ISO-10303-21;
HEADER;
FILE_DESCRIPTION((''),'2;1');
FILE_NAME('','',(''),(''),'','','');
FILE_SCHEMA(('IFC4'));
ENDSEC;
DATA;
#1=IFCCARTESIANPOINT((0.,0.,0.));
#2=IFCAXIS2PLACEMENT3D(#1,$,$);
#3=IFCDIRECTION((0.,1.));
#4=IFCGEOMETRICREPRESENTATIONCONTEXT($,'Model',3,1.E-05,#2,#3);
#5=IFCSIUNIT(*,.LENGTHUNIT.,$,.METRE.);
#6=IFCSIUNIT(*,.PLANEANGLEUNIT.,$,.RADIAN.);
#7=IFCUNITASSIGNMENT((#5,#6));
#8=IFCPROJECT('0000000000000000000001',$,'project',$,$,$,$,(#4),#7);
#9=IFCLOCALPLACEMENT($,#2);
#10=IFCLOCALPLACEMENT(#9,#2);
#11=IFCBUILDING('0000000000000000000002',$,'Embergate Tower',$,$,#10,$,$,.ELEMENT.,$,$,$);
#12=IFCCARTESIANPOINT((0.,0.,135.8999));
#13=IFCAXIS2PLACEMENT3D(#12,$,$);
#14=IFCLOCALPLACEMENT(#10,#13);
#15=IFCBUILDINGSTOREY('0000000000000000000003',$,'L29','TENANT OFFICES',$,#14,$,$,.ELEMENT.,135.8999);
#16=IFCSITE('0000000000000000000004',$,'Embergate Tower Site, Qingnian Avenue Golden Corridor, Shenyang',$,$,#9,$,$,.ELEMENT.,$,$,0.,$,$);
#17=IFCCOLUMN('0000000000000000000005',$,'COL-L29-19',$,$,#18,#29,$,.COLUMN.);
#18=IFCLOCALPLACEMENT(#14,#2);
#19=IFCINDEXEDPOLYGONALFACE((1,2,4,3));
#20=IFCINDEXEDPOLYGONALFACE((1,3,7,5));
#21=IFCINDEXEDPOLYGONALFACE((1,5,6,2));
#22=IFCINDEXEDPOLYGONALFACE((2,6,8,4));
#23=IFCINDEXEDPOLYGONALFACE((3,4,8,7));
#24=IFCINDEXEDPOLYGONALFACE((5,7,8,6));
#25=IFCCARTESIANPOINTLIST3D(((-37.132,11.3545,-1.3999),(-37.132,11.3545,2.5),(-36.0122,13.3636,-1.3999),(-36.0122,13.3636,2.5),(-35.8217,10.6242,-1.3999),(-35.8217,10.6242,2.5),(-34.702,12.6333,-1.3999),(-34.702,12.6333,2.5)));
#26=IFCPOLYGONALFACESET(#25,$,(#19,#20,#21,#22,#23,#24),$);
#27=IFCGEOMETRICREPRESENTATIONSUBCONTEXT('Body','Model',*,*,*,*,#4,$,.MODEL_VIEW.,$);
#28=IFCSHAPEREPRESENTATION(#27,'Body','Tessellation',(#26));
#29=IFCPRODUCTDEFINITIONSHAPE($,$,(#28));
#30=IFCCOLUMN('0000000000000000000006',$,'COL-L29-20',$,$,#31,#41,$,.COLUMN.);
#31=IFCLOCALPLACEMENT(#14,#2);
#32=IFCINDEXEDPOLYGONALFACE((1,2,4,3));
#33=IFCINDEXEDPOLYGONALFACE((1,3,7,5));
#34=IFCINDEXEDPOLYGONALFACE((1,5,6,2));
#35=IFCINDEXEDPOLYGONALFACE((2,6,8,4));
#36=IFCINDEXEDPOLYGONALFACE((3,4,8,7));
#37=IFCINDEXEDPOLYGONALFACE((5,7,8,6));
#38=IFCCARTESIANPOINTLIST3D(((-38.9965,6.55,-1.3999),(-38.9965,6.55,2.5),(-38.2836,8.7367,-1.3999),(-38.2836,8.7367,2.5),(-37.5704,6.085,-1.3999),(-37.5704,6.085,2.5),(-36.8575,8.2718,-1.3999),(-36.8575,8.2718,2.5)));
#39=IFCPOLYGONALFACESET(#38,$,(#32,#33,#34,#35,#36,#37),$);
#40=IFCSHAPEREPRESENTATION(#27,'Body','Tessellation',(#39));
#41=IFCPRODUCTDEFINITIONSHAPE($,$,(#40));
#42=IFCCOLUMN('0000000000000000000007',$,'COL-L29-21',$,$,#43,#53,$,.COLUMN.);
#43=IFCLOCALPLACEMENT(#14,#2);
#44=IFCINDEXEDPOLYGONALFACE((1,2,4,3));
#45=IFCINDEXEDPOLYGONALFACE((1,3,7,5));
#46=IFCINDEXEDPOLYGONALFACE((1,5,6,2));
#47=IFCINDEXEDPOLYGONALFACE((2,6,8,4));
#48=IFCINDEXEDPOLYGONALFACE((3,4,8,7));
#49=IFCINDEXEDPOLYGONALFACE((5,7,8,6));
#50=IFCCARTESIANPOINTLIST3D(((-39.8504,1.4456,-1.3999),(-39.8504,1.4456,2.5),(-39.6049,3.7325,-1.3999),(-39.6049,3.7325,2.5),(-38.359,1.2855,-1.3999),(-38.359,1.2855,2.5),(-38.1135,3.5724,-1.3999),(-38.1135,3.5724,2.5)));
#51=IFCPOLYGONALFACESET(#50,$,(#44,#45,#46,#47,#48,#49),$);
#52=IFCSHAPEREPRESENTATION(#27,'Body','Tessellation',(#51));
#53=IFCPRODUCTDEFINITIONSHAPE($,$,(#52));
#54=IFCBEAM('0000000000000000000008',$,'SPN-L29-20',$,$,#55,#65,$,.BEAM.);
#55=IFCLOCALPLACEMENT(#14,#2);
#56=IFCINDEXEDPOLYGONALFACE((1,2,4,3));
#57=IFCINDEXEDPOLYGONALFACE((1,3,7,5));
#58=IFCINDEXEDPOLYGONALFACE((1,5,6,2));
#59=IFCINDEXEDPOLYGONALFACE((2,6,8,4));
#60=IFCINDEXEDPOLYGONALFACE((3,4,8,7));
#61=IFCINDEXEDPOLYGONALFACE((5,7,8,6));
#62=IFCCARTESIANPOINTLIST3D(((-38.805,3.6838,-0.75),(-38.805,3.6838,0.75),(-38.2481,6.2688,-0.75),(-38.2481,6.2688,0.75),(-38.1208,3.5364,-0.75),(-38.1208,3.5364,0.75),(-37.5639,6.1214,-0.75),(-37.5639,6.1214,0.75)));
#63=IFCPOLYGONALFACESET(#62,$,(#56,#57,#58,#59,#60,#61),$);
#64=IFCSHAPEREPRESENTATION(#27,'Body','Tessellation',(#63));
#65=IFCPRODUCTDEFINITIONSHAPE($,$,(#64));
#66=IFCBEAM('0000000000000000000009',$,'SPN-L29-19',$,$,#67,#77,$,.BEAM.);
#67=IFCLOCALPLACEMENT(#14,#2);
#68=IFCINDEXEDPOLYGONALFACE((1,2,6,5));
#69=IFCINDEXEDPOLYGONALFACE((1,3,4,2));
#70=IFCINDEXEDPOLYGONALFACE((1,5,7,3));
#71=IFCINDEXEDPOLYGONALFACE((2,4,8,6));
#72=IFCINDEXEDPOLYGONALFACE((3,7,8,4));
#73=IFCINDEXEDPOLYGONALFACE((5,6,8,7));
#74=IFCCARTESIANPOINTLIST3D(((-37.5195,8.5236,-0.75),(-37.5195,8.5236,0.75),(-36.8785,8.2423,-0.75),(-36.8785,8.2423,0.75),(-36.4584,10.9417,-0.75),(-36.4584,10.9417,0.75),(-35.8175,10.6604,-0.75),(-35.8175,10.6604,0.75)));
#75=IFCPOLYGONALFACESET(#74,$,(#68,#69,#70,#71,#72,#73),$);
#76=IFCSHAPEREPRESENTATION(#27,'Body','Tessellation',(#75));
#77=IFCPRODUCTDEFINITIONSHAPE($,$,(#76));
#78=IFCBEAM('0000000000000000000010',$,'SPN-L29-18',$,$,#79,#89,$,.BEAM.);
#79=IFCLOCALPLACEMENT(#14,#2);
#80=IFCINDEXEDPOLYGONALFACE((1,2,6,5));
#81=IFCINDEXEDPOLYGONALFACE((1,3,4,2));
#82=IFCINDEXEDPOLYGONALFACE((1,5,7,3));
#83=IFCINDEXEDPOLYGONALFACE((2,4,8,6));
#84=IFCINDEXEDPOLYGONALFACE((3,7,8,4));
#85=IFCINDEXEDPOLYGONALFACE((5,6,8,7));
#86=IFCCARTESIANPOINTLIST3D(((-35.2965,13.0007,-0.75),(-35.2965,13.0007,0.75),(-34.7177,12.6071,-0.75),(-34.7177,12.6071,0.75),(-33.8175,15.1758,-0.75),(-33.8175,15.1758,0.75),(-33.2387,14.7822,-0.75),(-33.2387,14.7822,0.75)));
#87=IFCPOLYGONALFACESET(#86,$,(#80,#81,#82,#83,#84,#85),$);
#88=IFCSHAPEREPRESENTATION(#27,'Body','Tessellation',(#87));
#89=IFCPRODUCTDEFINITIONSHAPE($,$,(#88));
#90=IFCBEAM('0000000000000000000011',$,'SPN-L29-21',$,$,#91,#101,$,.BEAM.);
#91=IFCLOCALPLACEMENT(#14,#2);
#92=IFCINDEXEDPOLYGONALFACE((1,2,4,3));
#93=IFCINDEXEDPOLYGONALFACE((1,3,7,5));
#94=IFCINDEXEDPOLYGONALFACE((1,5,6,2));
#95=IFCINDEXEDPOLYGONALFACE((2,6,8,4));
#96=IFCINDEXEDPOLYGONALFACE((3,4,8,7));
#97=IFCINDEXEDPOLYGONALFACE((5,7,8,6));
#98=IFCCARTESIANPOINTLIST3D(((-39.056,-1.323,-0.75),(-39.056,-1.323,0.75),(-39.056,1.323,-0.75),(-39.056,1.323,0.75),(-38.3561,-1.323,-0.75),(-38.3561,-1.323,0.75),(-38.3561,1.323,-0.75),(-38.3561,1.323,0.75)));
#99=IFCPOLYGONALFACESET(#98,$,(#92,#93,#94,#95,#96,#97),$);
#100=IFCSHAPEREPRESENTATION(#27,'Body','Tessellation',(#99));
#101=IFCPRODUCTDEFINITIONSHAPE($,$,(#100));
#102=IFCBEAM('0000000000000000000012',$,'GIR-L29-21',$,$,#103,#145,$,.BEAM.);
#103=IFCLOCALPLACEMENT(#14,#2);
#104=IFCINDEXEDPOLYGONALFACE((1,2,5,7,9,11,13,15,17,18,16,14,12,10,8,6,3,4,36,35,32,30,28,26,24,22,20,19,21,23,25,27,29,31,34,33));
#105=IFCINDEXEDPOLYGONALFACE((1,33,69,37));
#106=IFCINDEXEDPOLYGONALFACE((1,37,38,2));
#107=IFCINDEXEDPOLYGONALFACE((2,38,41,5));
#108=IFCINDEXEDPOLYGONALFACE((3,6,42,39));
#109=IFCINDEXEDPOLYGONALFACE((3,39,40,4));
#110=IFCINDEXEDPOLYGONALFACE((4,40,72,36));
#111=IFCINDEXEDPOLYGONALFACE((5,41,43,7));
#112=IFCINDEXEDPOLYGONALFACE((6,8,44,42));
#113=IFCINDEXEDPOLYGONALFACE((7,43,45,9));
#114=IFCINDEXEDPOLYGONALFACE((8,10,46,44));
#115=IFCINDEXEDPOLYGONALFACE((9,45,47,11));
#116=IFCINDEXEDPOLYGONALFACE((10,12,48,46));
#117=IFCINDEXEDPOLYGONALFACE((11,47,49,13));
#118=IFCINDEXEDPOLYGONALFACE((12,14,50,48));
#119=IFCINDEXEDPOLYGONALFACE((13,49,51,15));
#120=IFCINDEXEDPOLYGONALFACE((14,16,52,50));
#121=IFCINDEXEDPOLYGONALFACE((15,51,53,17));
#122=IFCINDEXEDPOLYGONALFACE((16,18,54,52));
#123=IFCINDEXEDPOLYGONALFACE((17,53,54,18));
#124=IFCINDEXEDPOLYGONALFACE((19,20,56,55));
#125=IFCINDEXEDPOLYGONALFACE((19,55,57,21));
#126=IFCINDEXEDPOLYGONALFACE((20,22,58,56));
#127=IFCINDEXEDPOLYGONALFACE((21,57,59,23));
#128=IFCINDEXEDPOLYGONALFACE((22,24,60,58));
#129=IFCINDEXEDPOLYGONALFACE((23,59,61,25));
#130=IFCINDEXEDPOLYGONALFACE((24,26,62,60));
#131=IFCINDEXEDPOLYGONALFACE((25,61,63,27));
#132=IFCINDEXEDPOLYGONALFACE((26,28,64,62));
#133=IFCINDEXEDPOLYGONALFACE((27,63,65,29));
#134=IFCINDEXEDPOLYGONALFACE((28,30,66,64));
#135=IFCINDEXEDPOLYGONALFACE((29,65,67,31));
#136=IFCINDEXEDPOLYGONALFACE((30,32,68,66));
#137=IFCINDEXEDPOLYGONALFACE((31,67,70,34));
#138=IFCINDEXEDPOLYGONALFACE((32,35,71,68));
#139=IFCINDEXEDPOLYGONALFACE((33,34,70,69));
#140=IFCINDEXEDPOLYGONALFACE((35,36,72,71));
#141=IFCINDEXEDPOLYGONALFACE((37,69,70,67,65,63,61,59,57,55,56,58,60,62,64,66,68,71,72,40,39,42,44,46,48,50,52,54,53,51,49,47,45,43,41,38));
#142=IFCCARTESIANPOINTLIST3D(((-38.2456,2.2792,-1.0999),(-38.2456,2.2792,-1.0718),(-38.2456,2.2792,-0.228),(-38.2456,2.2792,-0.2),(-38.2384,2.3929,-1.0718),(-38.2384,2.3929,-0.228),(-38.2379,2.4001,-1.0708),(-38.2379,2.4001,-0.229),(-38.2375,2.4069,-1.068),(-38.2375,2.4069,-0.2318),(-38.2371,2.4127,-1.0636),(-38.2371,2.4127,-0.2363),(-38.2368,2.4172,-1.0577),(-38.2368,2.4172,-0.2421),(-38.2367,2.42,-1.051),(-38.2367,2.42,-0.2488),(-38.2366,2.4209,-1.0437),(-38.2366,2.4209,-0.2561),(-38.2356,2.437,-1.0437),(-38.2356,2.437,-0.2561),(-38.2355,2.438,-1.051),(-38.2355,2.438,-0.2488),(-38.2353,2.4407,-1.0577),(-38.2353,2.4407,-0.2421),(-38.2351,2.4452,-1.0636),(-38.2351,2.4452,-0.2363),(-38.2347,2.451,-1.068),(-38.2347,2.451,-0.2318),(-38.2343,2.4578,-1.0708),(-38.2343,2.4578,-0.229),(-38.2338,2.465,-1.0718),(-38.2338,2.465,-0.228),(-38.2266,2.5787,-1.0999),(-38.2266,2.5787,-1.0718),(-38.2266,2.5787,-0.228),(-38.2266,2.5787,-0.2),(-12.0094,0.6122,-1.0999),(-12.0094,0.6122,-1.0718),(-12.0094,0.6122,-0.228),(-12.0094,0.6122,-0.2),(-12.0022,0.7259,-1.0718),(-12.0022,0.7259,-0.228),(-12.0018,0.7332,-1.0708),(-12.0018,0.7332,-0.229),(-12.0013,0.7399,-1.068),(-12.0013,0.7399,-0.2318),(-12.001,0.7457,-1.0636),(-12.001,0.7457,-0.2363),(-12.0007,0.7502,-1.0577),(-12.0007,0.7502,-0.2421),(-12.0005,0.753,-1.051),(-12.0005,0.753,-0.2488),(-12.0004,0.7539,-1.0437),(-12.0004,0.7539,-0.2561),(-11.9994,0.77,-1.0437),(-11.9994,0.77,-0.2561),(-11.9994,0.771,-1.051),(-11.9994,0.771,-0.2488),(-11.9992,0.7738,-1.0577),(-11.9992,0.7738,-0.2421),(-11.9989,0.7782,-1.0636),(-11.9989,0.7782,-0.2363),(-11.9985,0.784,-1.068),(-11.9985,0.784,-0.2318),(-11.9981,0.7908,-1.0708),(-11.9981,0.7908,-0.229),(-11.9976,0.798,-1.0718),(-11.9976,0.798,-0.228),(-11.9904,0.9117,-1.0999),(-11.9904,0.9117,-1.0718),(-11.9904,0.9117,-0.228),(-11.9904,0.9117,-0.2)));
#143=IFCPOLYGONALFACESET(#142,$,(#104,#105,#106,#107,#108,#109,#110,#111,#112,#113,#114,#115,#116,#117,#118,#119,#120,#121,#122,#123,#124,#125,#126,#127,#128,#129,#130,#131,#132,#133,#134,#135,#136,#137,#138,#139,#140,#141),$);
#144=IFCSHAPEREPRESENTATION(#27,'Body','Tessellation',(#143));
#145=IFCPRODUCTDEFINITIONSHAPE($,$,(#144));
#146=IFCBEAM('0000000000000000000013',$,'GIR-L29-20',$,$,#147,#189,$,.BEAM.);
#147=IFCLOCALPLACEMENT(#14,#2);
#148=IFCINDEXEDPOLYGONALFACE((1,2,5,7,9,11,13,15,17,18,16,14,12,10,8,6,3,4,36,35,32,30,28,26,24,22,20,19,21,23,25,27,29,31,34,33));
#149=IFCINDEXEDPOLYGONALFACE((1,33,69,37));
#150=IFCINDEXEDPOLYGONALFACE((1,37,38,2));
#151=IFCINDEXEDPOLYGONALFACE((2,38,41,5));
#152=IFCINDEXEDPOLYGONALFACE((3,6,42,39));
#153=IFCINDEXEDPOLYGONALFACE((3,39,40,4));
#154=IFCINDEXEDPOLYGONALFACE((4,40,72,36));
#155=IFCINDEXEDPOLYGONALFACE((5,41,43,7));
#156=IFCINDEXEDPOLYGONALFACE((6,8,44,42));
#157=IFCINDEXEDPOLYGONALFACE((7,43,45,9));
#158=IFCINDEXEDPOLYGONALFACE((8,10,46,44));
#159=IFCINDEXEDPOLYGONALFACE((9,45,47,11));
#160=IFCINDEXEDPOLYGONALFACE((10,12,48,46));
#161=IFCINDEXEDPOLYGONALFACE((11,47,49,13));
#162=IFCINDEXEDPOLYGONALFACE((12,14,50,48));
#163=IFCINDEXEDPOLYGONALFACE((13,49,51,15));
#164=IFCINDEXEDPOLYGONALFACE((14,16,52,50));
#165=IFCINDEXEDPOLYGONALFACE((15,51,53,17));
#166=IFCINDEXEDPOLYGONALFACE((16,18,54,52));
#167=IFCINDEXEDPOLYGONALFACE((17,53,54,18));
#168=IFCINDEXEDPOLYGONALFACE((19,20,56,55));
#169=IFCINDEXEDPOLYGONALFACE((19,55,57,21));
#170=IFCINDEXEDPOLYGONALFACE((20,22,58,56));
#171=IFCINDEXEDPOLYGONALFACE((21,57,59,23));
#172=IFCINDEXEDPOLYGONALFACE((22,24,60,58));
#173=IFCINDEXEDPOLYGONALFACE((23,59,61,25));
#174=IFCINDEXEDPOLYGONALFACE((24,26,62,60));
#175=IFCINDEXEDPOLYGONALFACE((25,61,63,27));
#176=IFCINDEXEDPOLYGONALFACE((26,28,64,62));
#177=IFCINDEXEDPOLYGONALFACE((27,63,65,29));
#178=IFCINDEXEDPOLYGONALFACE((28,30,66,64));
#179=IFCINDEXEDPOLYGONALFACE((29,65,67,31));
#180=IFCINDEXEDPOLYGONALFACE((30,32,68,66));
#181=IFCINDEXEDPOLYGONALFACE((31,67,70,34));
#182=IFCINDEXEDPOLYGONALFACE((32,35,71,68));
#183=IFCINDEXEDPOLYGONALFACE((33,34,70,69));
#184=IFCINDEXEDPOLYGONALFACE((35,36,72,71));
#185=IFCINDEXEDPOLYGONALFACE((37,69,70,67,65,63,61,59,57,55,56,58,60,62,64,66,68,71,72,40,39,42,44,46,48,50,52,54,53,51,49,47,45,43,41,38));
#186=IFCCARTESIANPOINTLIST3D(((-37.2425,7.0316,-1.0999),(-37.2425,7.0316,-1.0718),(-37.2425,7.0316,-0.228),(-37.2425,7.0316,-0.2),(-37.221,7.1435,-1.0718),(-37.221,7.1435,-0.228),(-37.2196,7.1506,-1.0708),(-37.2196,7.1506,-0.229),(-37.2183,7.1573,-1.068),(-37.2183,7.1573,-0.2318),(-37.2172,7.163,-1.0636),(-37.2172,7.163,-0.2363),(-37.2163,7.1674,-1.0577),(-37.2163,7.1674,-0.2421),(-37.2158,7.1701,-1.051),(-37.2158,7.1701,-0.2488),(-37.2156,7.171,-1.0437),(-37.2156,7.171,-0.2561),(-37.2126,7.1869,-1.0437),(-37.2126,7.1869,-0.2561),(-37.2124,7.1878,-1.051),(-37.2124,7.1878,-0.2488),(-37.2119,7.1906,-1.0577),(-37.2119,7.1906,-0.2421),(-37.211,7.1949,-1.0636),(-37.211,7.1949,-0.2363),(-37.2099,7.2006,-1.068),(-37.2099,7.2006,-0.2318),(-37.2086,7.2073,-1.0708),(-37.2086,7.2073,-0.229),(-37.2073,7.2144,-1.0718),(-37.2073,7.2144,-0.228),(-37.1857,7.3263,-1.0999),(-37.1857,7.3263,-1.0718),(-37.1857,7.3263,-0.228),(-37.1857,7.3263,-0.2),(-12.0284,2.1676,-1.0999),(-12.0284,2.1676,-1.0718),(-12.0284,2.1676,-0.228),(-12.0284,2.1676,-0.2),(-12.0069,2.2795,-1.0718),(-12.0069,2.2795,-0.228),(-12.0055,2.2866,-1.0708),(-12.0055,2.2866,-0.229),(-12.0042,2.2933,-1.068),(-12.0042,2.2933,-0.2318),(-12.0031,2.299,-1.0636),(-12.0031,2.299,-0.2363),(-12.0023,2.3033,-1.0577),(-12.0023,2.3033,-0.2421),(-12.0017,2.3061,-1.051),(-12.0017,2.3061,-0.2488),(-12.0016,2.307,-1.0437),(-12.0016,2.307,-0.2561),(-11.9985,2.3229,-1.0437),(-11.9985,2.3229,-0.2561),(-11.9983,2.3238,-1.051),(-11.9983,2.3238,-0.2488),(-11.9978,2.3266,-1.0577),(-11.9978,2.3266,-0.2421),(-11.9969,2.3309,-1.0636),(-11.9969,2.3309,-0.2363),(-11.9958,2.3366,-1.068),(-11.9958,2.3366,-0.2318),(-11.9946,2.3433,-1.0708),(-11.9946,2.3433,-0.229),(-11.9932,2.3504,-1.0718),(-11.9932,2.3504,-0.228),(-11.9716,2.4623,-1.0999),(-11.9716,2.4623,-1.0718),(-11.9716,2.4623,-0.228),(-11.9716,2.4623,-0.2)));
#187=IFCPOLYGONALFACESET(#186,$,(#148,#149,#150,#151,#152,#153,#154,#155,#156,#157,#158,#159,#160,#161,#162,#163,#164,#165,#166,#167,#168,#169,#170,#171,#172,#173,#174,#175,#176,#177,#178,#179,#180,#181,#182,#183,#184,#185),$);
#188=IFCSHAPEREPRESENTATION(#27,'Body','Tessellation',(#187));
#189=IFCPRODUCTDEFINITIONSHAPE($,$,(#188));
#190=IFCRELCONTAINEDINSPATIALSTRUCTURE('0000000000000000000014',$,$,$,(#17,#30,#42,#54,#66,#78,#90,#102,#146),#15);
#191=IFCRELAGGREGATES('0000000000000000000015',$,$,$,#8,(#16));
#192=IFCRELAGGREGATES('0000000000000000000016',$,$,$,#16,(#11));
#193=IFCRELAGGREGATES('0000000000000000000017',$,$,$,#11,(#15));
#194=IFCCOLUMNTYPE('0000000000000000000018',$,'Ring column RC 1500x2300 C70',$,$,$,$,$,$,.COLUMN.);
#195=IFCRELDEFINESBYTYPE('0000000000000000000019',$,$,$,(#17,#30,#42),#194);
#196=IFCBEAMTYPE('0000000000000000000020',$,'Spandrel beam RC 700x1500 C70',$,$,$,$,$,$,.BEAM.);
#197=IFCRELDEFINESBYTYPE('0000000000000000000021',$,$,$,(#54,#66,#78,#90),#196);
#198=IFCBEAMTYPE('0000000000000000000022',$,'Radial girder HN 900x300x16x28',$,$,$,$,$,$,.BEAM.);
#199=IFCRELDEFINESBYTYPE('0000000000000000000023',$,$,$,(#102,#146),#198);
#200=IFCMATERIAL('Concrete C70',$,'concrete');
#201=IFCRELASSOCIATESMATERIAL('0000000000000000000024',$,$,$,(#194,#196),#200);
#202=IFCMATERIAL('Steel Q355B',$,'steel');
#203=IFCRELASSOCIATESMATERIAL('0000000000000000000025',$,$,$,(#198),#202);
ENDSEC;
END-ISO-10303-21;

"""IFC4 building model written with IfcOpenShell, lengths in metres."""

from ifc_helpers import new_model, si_unit, direction, frame, origin, origin_2d, place, context, subcontext, project, spatial, rectangle, i_section, extrude, source, transform, mapped, material, material_profile, profile_set, type_object, element, save


model = new_model("IFC4")

# Units and contexts
model_context = context("Model", 3, precision=1e-05, world=origin(), true_north=direction((0.0, 1.0)))
body_context = subcontext(model_context, "Body", "Model", "MODEL_VIEW")
ifc_project = project(units=[si_unit("LENGTHUNIT", "METRE"), si_unit("PLANEANGLEUNIT", "RADIAN")], contexts=[model_context])

# Site, building, storey
site_placement = place(None, origin())
site = spatial("IfcSite", under=ifc_project, at=site_placement, Name="Embergate Tower Site, Qingnian Avenue Golden Corridor, Shenyang", CompositionType="ELEMENT", RefElevation=0.0)
building_placement = place(site_placement, origin())
building = spatial("IfcBuilding", under=site, at=building_placement, Name="Embergate Tower", CompositionType="ELEMENT")
storey_placement = place(building_placement, frame((0.0, 0.0, 135.8999)))
storey = spatial("IfcBuildingStorey", under=building, at=storey_placement, Name="L29", Description="TENANT OFFICES", CompositionType="ELEMENT", Elevation=135.8999)

# Columns
ifc_material_1 = material(Name="Concrete C70", Category="concrete")
ifc_material_profile_1 = material_profile(ifc_material_1, rectangle(XDim=1.5, YDim=2.3, at=origin_2d()), Name="RC 1500x2300")
ifc_profile_set_1 = profile_set([ifc_material_profile_1], Name="Concrete C70")
column_type = type_object("IfcColumnType", Name="Ring column RC 1500x2300 C70", PredefinedType="COLUMN", material=ifc_profile_set_1)
shared_shape_1 = source(origin(), body_context, "Body", "SweptSolid", [
    extrude(rectangle(XDim=1.5, YDim=2.3, at=origin_2d()), origin(), (0.0, 0.0, 1.0), 3.8999),
])
for number, where, z_axis, x_axis, name in (
    (1, (-35.917, 11.9939, -1.3999), (0.0, 0.0, 1.0), (-0.873492, 0.486839, 0.0), "COL-L29-19"),
    (2, (-37.927, 7.4109, -1.3999), (0.0, 0.0, 1.0), (-0.950754, 0.309946, 0.0), "COL-L29-20"),
    (3, (-38.9819, 2.509, -1.3999), (0.0, 0.0, 1.0), (-0.994286, 0.10675, 0.0), "COL-L29-21"),
):
    element("IfcColumn", number, at=place(storey_placement, frame(where, z_axis=z_axis, x_axis=x_axis)), inside=storey, type_object=column_type, Name=name, PredefinedType="COLUMN", context=body_context, shape_type="MappedRepresentation", body=[
        mapped(shared_shape_1, transform((0.0, 0.0, 0.0))),
    ])

# Beams
ifc_material_profile_2 = material_profile(ifc_material_1, rectangle(XDim=0.7, YDim=1.5, at=origin_2d()), Name="RC 700x1500")
ifc_profile_set_2 = profile_set([ifc_material_profile_2], Name="Concrete C70")
beam_type_1 = type_object("IfcBeamType", Name="Spandrel beam RC 700x1500 C70", PredefinedType="BEAM", material=ifc_profile_set_2)
shared_shape_2 = source(origin(), body_context, "Body", "SweptSolid", [
    extrude(rectangle(XDim=0.7, YDim=1.5, at=origin_2d()), origin(), (0.0, 0.0, 1.0), 2.6443),
])
beam_1_placement = place(storey_placement, frame((-37.906, 6.1951, 0.0), z_axis=(-0.210601, -0.977572, 0.0), x_axis=(0.977572, -0.210601, 0.0)))
element("IfcBeam", 4, at=beam_1_placement, inside=storey, type_object=beam_type_1, Name="SPN-L29-20", PredefinedType="BEAM", context=body_context, shape_type="MappedRepresentation", body=[
    mapped(shared_shape_2, transform((0.0, 0.0, 0.0))),
])
shared_shape_3 = source(origin(), body_context, "Body", "SweptSolid", [
    extrude(rectangle(XDim=0.7, YDim=1.5, at=origin_2d()), origin(), (0.0, 0.0, 1.0), 2.6406),
])
beam_2_placement = place(storey_placement, frame((-36.1379, 10.801, 0.0), z_axis=(-0.401827, -0.915715, 0.0), x_axis=(0.915715, -0.401827, 0.0)))
element("IfcBeam", 5, at=beam_2_placement, inside=storey, type_object=beam_type_1, Name="SPN-L29-19", PredefinedType="BEAM", context=body_context, shape_type="MappedRepresentation", body=[
    mapped(shared_shape_3, transform((0.0, 0.0, 0.0))),
])
shared_shape_4 = source(origin(), body_context, "Body", "SweptSolid", [
    extrude(rectangle(XDim=0.7, YDim=1.5, at=origin_2d()), origin(), (0.0, 0.0, 1.0), 2.6304),
])
beam_3_placement = place(storey_placement, frame((-33.5281, 14.979, 0.0), z_axis=(-0.562302, -0.826932, 0.0), x_axis=(0.826932, -0.562302, 0.0)))
element("IfcBeam", 6, at=beam_3_placement, inside=storey, type_object=beam_type_1, Name="SPN-L29-18", PredefinedType="BEAM", context=body_context, shape_type="MappedRepresentation", body=[
    mapped(shared_shape_4, transform((0.0, 0.0, 0.0))),
])
shared_shape_5 = source(origin(), body_context, "Body", "SweptSolid", [
    extrude(rectangle(XDim=0.7, YDim=1.5, at=origin_2d()), origin(), (0.0, 0.0, 1.0), 2.646),
])
beam_4_placement = place(storey_placement, frame((-38.7061, 1.323, 0.0), z_axis=(0.0, -1.0, 0.0), x_axis=(1.0, 0.0, 0.0)))
element("IfcBeam", 7, at=beam_4_placement, inside=storey, type_object=beam_type_1, Name="SPN-L29-21", PredefinedType="BEAM", context=body_context, shape_type="MappedRepresentation", body=[
    mapped(shared_shape_5, transform((0.0, 0.0, 0.0))),
])
ifc_material_2 = material(Name="Steel Q355B", Category="steel")
ifc_material_profile_3 = material_profile(ifc_material_2, i_section(OverallWidth=0.3, OverallDepth=0.8999, WebThickness=0.0161, FlangeThickness=0.0281, FilletRadius=0.0281, at=origin_2d()), Name="HN 900x300x16x28")
ifc_profile_set_3 = profile_set([ifc_material_profile_3], Name="Steel Q355 grade B")
beam_type_2 = type_object("IfcBeamType", Name="Radial girder HN 900x300x16x28", PredefinedType="BEAM", material=ifc_profile_set_3)
shared_shape_6 = source(origin(), body_context, "Body", "SweptSolid", [
    extrude(i_section(OverallWidth=0.3, OverallDepth=0.8999, WebThickness=0.0161, FlangeThickness=0.0281, FilletRadius=0.0281, at=origin_2d()), origin(), (0.0, 0.0, 1.0), 26.2891),
])
beam_5_placement = place(storey_placement, frame((-38.2361, 2.429, -0.6499), z_axis=(0.997988, -0.06341, 0.0), x_axis=(0.06341, 0.997988, 0.0)))
element("IfcBeam", 8, at=beam_5_placement, inside=storey, type_object=beam_type_2, Name="GIR-L29-21", PredefinedType="BEAM", context=body_context, shape_type="MappedRepresentation", body=[
    mapped(shared_shape_6, transform((0.0, 0.0, 0.0))),
])
shared_shape_7 = source(origin(), body_context, "Body", "SweptSolid", [
    extrude(i_section(OverallWidth=0.3, OverallDepth=0.8999, WebThickness=0.0161, FlangeThickness=0.0281, FilletRadius=0.0281, at=origin_2d()), origin(), (0.0, 0.0, 1.0), 25.679),
])
beam_6_placement = place(storey_placement, frame((-37.2141, 7.179, -0.6499), z_axis=(0.981897, -0.189416, 0.0), x_axis=(0.189416, 0.981897, 0.0)))
element("IfcBeam", 9, at=beam_6_placement, inside=storey, type_object=beam_type_2, Name="GIR-L29-20", PredefinedType="BEAM", context=body_context, shape_type="MappedRepresentation", body=[
    mapped(shared_shape_7, transform((0.0, 0.0, 0.0))),
])

save(model, "model.ifc")
